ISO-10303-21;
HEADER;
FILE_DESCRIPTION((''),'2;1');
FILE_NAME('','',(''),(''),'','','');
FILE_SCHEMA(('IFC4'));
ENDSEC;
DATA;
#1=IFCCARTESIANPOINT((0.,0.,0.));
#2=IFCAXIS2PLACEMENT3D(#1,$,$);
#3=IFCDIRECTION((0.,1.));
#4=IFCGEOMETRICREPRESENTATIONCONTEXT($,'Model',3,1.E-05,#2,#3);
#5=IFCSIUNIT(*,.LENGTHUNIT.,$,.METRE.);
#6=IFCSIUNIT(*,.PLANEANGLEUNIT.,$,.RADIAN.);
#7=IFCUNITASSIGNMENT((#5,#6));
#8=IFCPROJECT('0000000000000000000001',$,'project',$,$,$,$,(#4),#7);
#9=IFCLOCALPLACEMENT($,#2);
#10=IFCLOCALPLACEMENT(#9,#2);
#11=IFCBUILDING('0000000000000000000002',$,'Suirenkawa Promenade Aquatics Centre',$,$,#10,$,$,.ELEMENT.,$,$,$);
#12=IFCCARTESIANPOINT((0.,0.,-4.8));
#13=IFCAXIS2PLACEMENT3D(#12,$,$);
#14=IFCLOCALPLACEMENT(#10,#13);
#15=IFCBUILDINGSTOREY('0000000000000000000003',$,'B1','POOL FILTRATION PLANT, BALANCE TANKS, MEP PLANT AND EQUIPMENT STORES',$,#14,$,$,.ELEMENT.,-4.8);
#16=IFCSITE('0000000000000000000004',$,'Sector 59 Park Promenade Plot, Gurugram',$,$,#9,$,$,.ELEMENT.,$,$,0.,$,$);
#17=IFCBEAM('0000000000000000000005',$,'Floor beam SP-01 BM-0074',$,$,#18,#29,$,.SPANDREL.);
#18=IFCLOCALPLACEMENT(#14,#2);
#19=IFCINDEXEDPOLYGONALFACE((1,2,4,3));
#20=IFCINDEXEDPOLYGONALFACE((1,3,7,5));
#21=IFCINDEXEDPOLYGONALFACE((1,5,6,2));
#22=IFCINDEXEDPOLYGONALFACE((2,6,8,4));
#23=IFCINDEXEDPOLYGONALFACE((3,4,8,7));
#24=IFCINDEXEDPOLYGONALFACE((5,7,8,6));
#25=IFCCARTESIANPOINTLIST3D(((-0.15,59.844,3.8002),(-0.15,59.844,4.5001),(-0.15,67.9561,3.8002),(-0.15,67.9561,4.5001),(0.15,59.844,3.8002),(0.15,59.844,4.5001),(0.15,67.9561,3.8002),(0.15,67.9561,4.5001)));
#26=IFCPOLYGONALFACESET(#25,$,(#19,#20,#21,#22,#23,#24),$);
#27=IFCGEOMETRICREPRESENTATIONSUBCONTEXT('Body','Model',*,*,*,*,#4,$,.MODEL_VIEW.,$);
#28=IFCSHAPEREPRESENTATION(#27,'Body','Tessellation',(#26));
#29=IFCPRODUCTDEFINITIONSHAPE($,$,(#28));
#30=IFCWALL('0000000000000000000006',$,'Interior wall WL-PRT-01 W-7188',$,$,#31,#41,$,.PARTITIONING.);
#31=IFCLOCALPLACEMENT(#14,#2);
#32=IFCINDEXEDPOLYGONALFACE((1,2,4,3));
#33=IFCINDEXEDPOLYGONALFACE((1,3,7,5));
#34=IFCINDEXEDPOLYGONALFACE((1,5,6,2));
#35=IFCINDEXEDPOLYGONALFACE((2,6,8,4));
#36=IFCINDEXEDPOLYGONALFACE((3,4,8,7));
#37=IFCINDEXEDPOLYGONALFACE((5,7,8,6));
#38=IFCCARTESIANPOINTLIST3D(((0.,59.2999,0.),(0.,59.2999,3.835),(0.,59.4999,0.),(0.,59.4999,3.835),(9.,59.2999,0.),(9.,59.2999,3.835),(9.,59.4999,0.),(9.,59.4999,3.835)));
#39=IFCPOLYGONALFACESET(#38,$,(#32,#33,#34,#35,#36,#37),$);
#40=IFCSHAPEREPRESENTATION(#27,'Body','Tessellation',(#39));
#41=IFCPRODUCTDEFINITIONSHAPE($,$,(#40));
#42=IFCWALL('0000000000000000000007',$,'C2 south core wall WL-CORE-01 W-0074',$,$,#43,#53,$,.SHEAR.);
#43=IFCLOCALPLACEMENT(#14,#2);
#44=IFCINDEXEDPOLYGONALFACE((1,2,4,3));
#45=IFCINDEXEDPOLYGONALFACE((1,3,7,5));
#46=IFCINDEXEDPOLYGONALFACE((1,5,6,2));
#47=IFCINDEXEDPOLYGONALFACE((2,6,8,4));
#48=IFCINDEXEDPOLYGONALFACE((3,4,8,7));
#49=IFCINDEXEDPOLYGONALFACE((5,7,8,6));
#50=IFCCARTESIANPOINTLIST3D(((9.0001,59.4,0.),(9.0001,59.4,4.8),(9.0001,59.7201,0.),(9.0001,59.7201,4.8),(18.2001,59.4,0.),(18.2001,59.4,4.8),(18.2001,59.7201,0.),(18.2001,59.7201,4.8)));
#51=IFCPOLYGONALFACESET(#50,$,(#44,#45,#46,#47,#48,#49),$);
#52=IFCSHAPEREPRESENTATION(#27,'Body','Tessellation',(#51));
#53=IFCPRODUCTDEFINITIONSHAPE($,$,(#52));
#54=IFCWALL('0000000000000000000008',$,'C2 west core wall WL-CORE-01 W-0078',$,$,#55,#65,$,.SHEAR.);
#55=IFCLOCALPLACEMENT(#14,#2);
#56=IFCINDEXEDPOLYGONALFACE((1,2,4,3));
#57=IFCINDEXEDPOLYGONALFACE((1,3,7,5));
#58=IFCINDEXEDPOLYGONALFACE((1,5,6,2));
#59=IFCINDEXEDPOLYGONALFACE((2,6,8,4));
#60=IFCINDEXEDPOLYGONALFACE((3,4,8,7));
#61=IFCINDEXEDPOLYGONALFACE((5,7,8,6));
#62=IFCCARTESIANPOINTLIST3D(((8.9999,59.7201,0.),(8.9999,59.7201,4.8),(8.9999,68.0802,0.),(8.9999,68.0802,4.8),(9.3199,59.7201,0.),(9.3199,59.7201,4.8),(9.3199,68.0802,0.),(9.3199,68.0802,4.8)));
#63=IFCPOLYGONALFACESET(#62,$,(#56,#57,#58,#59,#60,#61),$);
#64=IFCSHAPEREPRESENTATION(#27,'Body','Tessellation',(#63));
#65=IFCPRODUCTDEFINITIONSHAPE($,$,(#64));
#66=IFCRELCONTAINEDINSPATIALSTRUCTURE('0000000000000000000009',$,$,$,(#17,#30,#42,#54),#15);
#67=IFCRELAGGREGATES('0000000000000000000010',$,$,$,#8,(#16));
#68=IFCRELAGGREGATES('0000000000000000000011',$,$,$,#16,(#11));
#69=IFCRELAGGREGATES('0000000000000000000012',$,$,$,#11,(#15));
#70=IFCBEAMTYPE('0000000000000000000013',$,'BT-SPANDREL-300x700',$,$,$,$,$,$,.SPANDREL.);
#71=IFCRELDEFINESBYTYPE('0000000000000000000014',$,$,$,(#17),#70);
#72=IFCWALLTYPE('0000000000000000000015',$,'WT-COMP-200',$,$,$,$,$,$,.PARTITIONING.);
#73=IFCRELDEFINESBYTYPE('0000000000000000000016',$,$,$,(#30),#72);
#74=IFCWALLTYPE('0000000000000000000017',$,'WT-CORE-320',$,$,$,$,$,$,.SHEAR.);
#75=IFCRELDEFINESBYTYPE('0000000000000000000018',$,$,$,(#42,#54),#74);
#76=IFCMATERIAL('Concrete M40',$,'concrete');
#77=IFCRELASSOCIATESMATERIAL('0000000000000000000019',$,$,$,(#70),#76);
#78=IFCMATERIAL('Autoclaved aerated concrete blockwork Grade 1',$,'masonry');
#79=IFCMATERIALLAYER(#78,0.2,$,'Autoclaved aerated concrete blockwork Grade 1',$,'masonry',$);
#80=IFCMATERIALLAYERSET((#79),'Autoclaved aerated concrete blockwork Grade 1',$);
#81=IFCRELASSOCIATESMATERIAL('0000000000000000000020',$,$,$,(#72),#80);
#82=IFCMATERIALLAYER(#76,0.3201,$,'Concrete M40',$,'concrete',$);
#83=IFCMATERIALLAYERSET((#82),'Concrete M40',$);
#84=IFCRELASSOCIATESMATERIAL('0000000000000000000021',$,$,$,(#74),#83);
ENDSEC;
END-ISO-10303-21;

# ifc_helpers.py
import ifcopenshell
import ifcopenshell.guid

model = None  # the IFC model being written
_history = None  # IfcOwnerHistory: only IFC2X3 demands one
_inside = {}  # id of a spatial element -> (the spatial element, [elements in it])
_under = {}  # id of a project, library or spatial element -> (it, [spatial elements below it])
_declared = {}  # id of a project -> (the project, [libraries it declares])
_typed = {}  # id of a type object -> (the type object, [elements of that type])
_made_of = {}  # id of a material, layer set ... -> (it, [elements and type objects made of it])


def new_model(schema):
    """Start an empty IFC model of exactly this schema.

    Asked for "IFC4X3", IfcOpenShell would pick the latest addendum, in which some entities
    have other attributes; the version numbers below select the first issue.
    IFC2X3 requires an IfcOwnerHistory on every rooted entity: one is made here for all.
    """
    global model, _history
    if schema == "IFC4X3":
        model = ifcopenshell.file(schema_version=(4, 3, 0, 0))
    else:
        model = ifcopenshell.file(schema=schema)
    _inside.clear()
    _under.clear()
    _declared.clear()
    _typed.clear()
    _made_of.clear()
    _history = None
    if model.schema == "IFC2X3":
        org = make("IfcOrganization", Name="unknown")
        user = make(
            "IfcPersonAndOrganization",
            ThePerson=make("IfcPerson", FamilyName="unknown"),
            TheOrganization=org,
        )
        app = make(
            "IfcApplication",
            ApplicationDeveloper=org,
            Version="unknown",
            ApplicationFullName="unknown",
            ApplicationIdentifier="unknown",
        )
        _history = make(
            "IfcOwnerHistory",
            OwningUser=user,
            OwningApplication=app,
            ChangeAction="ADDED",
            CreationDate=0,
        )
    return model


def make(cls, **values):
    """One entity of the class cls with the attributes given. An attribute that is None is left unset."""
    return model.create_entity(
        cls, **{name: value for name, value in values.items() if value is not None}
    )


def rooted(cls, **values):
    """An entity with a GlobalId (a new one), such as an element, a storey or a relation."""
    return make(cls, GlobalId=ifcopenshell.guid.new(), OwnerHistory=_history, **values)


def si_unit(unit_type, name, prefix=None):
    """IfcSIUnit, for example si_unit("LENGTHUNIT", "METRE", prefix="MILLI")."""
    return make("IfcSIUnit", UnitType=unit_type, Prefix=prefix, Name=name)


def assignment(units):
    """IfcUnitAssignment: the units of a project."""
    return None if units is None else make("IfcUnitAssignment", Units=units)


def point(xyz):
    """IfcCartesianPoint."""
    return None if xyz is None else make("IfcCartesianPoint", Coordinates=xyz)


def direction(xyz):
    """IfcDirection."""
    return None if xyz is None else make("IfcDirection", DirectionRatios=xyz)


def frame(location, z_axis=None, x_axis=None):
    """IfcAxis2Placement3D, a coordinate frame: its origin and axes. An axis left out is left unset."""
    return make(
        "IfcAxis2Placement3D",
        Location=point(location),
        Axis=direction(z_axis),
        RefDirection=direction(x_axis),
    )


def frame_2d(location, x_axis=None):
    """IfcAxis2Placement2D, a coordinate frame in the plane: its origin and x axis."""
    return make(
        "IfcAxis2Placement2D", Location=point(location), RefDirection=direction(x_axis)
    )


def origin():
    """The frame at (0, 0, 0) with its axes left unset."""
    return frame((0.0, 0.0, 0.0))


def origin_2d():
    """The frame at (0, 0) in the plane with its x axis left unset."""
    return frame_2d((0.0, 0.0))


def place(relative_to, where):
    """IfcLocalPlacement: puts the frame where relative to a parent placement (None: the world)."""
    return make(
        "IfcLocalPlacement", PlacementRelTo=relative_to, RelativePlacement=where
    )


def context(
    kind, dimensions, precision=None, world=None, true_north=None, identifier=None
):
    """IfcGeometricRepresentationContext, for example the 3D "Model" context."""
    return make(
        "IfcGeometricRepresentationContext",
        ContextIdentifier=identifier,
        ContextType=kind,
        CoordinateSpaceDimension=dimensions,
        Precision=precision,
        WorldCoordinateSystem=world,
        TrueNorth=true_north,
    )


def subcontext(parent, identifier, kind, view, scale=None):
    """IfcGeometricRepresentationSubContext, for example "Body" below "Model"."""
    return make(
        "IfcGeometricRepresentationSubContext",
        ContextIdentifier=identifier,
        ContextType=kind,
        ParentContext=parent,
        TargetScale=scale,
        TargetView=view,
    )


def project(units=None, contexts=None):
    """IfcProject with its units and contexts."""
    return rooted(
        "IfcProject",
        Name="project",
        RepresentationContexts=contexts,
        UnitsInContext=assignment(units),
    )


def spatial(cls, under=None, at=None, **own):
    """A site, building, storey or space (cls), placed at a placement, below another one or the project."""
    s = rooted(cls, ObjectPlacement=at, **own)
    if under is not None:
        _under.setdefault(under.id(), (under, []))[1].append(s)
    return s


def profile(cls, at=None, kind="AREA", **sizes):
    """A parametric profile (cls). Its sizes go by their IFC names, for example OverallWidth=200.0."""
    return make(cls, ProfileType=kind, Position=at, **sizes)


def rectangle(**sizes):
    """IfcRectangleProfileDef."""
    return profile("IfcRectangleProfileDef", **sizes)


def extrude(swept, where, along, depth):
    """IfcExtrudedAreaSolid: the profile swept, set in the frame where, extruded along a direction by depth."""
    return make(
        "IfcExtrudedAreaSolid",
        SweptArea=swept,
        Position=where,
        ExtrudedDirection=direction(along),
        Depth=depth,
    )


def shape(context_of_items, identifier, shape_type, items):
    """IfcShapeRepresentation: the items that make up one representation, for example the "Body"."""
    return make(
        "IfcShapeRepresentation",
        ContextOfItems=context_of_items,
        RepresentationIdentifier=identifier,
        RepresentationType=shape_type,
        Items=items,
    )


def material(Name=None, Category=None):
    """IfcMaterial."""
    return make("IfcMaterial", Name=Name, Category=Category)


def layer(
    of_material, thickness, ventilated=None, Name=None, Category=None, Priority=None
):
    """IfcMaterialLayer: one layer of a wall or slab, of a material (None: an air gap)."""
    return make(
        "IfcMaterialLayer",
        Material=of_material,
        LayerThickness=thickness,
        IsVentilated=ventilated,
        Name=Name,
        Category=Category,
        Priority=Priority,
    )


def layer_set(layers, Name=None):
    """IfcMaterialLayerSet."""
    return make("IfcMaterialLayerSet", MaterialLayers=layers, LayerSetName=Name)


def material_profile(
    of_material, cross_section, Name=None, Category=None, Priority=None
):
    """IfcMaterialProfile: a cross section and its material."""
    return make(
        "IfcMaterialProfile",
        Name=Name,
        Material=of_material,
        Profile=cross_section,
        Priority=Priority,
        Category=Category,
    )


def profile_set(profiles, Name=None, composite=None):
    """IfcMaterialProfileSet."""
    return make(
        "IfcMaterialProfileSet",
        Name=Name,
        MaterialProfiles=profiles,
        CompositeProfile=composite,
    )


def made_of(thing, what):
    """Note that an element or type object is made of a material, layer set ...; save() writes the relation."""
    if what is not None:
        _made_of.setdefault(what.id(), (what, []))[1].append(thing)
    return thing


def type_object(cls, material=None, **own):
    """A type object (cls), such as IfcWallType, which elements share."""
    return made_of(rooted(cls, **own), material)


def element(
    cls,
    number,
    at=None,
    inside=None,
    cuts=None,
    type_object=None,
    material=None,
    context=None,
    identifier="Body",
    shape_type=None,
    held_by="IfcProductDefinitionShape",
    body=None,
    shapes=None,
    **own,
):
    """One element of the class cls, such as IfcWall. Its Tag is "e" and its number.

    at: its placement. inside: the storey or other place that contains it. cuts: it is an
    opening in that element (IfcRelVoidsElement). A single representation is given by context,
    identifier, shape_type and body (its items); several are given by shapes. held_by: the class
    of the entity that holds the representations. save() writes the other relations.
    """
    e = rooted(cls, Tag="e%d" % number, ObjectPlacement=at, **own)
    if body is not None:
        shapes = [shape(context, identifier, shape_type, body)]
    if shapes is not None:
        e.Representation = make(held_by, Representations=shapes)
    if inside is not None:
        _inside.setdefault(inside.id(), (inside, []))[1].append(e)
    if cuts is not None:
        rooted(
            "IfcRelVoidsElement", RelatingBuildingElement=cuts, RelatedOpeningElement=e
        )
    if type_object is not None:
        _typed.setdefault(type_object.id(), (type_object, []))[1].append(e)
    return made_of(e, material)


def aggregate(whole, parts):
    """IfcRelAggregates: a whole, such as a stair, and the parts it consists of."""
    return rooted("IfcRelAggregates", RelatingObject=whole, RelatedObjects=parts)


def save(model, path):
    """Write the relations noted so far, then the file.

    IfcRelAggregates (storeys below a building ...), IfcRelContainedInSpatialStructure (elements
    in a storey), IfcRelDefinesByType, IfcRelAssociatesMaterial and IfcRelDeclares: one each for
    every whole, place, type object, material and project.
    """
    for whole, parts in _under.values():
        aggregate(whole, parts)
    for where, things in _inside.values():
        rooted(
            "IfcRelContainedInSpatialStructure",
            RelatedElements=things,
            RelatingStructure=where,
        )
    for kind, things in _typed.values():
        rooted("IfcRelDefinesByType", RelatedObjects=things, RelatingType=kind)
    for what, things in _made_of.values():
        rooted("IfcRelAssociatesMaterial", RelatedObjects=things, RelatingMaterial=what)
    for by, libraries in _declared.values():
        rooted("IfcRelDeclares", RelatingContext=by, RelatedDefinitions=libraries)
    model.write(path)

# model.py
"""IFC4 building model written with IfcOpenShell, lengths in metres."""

from ifc_helpers import new_model, si_unit, direction, frame, frame_2d, origin, origin_2d, place, context, subcontext, project, spatial, rectangle, extrude, material, layer, layer_set, material_profile, profile_set, type_object, element, save


model = new_model("IFC4")

# Units and contexts
model_context = context("Model", 3, precision=1e-05, world=origin(), true_north=direction((0.0, 1.0)))
body_context = subcontext(model_context, "Body", "Model", "MODEL_VIEW")
ifc_project = project(units=[si_unit("LENGTHUNIT", "METRE"), si_unit("PLANEANGLEUNIT", "RADIAN")], contexts=[model_context])

# Site, building, storey
site_placement = place(None, origin())
site = spatial("IfcSite", under=ifc_project, at=site_placement, Name="Sector 59 Park Promenade Plot, Gurugram", CompositionType="ELEMENT", RefElevation=0.0)
building_placement = place(site_placement, origin())
building = spatial("IfcBuilding", under=site, at=building_placement, Name="Suirenkawa Promenade Aquatics Centre", CompositionType="ELEMENT")
storey_placement = place(building_placement, frame((0.0, 0.0, -4.8)))
storey = spatial("IfcBuildingStorey", under=building, at=storey_placement, Name="B1", Description="POOL FILTRATION PLANT, BALANCE TANKS, MEP PLANT AND EQUIPMENT STORES", CompositionType="ELEMENT", Elevation=-4.8)

# Shared definitions
ifc_material_1 = material(Name="Concrete M40", Category="concrete")

# Beam
ifc_material_profile_1 = material_profile(ifc_material_1, rectangle(XDim=0.3, YDim=0.7, at=origin_2d()), Name="RC SPANDREL 300x700", Category="concrete")
ifc_profile_set_1 = profile_set([ifc_material_profile_1], Name="Concrete M40")
beam_type_1 = type_object("IfcBeamType", Name="BT-SPANDREL-300x700", PredefinedType="SPANDREL", material=ifc_profile_set_1)
beam_1_placement = place(storey_placement, frame((0.0, 59.844, 4.1501), z_axis=(0.0, 1.0, 0.0), x_axis=(-1.0, 0.0, 0.0)))
element("IfcBeam", 1, at=beam_1_placement, inside=storey, type_object=beam_type_1, Name="Floor beam SP-01 BM-0074", PredefinedType="SPANDREL", context=body_context, shape_type="SweptSolid", body=[
    extrude(rectangle(XDim=0.3, YDim=0.7, at=origin_2d()), origin(), (0.0, 0.0, 1.0), 8.1121),
])

# Walls
ifc_material_2 = material(Name="Autoclaved aerated concrete blockwork Grade 1", Category="masonry")
ifc_layer_1 = layer(ifc_material_2, 0.2, Name="Autoclaved aerated concrete blockwork Grade 1", Category="masonry")
ifc_layer_set_1 = layer_set([ifc_layer_1], Name="Autoclaved aerated concrete blockwork Grade 1")
wall_type_1 = type_object("IfcWallType", Name="WT-COMP-200", PredefinedType="PARTITIONING", material=ifc_layer_set_1)
wall_1_placement = place(storey_placement, frame((0.0, 59.3999, 0.0), z_axis=(0.0, 0.0, 1.0), x_axis=(1.0, 0.0, 0.0)))
element("IfcWall", 2, at=wall_1_placement, inside=storey, type_object=wall_type_1, Name="Interior wall WL-PRT-01 W-7188", PredefinedType="PARTITIONING", context=body_context, shape_type="SweptSolid", body=[
    extrude(rectangle(XDim=9.0, YDim=0.2, at=frame_2d((4.5, 0.0))), origin(), (0.0, 0.0, 1.0), 3.835),
])
ifc_layer_2 = layer(ifc_material_1, 0.3201, Name="Concrete M40", Category="concrete")
ifc_layer_set_2 = layer_set([ifc_layer_2], Name="Concrete M40")
wall_type_2 = type_object("IfcWallType", Name="WT-CORE-320", PredefinedType="SHEAR", material=ifc_layer_set_2)
wall_2_placement = place(storey_placement, frame((9.0, 59.5601, 0.0), z_axis=(0.0, 0.0, 1.0), x_axis=(1.0, 0.0, 0.0)))
element("IfcWall", 3, at=wall_2_placement, inside=storey, type_object=wall_type_2, Name="C2 south core wall WL-CORE-01 W-0074", PredefinedType="SHEAR", context=body_context, shape_type="SweptSolid", body=[
    extrude(rectangle(XDim=9.2, YDim=0.3201, at=frame_2d((4.6001, 0.0))), origin(), (0.0, 0.0, 1.0), 4.8),
])
wall_3_placement = place(storey_placement, frame((9.1599, 59.72, 0.0), z_axis=(0.0, 0.0, 1.0), x_axis=(0.0, 1.0, 0.0)))
element("IfcWall", 4, at=wall_3_placement, inside=storey, type_object=wall_type_2, Name="C2 west core wall WL-CORE-01 W-0078", PredefinedType="SHEAR", context=body_context, shape_type="SweptSolid", body=[
    extrude(rectangle(XDim=8.3601, YDim=0.3201, at=frame_2d((4.1802, 0.0))), origin(), (0.0, 0.0, 1.0), 4.8),
])

save(model, "model.ifc")
